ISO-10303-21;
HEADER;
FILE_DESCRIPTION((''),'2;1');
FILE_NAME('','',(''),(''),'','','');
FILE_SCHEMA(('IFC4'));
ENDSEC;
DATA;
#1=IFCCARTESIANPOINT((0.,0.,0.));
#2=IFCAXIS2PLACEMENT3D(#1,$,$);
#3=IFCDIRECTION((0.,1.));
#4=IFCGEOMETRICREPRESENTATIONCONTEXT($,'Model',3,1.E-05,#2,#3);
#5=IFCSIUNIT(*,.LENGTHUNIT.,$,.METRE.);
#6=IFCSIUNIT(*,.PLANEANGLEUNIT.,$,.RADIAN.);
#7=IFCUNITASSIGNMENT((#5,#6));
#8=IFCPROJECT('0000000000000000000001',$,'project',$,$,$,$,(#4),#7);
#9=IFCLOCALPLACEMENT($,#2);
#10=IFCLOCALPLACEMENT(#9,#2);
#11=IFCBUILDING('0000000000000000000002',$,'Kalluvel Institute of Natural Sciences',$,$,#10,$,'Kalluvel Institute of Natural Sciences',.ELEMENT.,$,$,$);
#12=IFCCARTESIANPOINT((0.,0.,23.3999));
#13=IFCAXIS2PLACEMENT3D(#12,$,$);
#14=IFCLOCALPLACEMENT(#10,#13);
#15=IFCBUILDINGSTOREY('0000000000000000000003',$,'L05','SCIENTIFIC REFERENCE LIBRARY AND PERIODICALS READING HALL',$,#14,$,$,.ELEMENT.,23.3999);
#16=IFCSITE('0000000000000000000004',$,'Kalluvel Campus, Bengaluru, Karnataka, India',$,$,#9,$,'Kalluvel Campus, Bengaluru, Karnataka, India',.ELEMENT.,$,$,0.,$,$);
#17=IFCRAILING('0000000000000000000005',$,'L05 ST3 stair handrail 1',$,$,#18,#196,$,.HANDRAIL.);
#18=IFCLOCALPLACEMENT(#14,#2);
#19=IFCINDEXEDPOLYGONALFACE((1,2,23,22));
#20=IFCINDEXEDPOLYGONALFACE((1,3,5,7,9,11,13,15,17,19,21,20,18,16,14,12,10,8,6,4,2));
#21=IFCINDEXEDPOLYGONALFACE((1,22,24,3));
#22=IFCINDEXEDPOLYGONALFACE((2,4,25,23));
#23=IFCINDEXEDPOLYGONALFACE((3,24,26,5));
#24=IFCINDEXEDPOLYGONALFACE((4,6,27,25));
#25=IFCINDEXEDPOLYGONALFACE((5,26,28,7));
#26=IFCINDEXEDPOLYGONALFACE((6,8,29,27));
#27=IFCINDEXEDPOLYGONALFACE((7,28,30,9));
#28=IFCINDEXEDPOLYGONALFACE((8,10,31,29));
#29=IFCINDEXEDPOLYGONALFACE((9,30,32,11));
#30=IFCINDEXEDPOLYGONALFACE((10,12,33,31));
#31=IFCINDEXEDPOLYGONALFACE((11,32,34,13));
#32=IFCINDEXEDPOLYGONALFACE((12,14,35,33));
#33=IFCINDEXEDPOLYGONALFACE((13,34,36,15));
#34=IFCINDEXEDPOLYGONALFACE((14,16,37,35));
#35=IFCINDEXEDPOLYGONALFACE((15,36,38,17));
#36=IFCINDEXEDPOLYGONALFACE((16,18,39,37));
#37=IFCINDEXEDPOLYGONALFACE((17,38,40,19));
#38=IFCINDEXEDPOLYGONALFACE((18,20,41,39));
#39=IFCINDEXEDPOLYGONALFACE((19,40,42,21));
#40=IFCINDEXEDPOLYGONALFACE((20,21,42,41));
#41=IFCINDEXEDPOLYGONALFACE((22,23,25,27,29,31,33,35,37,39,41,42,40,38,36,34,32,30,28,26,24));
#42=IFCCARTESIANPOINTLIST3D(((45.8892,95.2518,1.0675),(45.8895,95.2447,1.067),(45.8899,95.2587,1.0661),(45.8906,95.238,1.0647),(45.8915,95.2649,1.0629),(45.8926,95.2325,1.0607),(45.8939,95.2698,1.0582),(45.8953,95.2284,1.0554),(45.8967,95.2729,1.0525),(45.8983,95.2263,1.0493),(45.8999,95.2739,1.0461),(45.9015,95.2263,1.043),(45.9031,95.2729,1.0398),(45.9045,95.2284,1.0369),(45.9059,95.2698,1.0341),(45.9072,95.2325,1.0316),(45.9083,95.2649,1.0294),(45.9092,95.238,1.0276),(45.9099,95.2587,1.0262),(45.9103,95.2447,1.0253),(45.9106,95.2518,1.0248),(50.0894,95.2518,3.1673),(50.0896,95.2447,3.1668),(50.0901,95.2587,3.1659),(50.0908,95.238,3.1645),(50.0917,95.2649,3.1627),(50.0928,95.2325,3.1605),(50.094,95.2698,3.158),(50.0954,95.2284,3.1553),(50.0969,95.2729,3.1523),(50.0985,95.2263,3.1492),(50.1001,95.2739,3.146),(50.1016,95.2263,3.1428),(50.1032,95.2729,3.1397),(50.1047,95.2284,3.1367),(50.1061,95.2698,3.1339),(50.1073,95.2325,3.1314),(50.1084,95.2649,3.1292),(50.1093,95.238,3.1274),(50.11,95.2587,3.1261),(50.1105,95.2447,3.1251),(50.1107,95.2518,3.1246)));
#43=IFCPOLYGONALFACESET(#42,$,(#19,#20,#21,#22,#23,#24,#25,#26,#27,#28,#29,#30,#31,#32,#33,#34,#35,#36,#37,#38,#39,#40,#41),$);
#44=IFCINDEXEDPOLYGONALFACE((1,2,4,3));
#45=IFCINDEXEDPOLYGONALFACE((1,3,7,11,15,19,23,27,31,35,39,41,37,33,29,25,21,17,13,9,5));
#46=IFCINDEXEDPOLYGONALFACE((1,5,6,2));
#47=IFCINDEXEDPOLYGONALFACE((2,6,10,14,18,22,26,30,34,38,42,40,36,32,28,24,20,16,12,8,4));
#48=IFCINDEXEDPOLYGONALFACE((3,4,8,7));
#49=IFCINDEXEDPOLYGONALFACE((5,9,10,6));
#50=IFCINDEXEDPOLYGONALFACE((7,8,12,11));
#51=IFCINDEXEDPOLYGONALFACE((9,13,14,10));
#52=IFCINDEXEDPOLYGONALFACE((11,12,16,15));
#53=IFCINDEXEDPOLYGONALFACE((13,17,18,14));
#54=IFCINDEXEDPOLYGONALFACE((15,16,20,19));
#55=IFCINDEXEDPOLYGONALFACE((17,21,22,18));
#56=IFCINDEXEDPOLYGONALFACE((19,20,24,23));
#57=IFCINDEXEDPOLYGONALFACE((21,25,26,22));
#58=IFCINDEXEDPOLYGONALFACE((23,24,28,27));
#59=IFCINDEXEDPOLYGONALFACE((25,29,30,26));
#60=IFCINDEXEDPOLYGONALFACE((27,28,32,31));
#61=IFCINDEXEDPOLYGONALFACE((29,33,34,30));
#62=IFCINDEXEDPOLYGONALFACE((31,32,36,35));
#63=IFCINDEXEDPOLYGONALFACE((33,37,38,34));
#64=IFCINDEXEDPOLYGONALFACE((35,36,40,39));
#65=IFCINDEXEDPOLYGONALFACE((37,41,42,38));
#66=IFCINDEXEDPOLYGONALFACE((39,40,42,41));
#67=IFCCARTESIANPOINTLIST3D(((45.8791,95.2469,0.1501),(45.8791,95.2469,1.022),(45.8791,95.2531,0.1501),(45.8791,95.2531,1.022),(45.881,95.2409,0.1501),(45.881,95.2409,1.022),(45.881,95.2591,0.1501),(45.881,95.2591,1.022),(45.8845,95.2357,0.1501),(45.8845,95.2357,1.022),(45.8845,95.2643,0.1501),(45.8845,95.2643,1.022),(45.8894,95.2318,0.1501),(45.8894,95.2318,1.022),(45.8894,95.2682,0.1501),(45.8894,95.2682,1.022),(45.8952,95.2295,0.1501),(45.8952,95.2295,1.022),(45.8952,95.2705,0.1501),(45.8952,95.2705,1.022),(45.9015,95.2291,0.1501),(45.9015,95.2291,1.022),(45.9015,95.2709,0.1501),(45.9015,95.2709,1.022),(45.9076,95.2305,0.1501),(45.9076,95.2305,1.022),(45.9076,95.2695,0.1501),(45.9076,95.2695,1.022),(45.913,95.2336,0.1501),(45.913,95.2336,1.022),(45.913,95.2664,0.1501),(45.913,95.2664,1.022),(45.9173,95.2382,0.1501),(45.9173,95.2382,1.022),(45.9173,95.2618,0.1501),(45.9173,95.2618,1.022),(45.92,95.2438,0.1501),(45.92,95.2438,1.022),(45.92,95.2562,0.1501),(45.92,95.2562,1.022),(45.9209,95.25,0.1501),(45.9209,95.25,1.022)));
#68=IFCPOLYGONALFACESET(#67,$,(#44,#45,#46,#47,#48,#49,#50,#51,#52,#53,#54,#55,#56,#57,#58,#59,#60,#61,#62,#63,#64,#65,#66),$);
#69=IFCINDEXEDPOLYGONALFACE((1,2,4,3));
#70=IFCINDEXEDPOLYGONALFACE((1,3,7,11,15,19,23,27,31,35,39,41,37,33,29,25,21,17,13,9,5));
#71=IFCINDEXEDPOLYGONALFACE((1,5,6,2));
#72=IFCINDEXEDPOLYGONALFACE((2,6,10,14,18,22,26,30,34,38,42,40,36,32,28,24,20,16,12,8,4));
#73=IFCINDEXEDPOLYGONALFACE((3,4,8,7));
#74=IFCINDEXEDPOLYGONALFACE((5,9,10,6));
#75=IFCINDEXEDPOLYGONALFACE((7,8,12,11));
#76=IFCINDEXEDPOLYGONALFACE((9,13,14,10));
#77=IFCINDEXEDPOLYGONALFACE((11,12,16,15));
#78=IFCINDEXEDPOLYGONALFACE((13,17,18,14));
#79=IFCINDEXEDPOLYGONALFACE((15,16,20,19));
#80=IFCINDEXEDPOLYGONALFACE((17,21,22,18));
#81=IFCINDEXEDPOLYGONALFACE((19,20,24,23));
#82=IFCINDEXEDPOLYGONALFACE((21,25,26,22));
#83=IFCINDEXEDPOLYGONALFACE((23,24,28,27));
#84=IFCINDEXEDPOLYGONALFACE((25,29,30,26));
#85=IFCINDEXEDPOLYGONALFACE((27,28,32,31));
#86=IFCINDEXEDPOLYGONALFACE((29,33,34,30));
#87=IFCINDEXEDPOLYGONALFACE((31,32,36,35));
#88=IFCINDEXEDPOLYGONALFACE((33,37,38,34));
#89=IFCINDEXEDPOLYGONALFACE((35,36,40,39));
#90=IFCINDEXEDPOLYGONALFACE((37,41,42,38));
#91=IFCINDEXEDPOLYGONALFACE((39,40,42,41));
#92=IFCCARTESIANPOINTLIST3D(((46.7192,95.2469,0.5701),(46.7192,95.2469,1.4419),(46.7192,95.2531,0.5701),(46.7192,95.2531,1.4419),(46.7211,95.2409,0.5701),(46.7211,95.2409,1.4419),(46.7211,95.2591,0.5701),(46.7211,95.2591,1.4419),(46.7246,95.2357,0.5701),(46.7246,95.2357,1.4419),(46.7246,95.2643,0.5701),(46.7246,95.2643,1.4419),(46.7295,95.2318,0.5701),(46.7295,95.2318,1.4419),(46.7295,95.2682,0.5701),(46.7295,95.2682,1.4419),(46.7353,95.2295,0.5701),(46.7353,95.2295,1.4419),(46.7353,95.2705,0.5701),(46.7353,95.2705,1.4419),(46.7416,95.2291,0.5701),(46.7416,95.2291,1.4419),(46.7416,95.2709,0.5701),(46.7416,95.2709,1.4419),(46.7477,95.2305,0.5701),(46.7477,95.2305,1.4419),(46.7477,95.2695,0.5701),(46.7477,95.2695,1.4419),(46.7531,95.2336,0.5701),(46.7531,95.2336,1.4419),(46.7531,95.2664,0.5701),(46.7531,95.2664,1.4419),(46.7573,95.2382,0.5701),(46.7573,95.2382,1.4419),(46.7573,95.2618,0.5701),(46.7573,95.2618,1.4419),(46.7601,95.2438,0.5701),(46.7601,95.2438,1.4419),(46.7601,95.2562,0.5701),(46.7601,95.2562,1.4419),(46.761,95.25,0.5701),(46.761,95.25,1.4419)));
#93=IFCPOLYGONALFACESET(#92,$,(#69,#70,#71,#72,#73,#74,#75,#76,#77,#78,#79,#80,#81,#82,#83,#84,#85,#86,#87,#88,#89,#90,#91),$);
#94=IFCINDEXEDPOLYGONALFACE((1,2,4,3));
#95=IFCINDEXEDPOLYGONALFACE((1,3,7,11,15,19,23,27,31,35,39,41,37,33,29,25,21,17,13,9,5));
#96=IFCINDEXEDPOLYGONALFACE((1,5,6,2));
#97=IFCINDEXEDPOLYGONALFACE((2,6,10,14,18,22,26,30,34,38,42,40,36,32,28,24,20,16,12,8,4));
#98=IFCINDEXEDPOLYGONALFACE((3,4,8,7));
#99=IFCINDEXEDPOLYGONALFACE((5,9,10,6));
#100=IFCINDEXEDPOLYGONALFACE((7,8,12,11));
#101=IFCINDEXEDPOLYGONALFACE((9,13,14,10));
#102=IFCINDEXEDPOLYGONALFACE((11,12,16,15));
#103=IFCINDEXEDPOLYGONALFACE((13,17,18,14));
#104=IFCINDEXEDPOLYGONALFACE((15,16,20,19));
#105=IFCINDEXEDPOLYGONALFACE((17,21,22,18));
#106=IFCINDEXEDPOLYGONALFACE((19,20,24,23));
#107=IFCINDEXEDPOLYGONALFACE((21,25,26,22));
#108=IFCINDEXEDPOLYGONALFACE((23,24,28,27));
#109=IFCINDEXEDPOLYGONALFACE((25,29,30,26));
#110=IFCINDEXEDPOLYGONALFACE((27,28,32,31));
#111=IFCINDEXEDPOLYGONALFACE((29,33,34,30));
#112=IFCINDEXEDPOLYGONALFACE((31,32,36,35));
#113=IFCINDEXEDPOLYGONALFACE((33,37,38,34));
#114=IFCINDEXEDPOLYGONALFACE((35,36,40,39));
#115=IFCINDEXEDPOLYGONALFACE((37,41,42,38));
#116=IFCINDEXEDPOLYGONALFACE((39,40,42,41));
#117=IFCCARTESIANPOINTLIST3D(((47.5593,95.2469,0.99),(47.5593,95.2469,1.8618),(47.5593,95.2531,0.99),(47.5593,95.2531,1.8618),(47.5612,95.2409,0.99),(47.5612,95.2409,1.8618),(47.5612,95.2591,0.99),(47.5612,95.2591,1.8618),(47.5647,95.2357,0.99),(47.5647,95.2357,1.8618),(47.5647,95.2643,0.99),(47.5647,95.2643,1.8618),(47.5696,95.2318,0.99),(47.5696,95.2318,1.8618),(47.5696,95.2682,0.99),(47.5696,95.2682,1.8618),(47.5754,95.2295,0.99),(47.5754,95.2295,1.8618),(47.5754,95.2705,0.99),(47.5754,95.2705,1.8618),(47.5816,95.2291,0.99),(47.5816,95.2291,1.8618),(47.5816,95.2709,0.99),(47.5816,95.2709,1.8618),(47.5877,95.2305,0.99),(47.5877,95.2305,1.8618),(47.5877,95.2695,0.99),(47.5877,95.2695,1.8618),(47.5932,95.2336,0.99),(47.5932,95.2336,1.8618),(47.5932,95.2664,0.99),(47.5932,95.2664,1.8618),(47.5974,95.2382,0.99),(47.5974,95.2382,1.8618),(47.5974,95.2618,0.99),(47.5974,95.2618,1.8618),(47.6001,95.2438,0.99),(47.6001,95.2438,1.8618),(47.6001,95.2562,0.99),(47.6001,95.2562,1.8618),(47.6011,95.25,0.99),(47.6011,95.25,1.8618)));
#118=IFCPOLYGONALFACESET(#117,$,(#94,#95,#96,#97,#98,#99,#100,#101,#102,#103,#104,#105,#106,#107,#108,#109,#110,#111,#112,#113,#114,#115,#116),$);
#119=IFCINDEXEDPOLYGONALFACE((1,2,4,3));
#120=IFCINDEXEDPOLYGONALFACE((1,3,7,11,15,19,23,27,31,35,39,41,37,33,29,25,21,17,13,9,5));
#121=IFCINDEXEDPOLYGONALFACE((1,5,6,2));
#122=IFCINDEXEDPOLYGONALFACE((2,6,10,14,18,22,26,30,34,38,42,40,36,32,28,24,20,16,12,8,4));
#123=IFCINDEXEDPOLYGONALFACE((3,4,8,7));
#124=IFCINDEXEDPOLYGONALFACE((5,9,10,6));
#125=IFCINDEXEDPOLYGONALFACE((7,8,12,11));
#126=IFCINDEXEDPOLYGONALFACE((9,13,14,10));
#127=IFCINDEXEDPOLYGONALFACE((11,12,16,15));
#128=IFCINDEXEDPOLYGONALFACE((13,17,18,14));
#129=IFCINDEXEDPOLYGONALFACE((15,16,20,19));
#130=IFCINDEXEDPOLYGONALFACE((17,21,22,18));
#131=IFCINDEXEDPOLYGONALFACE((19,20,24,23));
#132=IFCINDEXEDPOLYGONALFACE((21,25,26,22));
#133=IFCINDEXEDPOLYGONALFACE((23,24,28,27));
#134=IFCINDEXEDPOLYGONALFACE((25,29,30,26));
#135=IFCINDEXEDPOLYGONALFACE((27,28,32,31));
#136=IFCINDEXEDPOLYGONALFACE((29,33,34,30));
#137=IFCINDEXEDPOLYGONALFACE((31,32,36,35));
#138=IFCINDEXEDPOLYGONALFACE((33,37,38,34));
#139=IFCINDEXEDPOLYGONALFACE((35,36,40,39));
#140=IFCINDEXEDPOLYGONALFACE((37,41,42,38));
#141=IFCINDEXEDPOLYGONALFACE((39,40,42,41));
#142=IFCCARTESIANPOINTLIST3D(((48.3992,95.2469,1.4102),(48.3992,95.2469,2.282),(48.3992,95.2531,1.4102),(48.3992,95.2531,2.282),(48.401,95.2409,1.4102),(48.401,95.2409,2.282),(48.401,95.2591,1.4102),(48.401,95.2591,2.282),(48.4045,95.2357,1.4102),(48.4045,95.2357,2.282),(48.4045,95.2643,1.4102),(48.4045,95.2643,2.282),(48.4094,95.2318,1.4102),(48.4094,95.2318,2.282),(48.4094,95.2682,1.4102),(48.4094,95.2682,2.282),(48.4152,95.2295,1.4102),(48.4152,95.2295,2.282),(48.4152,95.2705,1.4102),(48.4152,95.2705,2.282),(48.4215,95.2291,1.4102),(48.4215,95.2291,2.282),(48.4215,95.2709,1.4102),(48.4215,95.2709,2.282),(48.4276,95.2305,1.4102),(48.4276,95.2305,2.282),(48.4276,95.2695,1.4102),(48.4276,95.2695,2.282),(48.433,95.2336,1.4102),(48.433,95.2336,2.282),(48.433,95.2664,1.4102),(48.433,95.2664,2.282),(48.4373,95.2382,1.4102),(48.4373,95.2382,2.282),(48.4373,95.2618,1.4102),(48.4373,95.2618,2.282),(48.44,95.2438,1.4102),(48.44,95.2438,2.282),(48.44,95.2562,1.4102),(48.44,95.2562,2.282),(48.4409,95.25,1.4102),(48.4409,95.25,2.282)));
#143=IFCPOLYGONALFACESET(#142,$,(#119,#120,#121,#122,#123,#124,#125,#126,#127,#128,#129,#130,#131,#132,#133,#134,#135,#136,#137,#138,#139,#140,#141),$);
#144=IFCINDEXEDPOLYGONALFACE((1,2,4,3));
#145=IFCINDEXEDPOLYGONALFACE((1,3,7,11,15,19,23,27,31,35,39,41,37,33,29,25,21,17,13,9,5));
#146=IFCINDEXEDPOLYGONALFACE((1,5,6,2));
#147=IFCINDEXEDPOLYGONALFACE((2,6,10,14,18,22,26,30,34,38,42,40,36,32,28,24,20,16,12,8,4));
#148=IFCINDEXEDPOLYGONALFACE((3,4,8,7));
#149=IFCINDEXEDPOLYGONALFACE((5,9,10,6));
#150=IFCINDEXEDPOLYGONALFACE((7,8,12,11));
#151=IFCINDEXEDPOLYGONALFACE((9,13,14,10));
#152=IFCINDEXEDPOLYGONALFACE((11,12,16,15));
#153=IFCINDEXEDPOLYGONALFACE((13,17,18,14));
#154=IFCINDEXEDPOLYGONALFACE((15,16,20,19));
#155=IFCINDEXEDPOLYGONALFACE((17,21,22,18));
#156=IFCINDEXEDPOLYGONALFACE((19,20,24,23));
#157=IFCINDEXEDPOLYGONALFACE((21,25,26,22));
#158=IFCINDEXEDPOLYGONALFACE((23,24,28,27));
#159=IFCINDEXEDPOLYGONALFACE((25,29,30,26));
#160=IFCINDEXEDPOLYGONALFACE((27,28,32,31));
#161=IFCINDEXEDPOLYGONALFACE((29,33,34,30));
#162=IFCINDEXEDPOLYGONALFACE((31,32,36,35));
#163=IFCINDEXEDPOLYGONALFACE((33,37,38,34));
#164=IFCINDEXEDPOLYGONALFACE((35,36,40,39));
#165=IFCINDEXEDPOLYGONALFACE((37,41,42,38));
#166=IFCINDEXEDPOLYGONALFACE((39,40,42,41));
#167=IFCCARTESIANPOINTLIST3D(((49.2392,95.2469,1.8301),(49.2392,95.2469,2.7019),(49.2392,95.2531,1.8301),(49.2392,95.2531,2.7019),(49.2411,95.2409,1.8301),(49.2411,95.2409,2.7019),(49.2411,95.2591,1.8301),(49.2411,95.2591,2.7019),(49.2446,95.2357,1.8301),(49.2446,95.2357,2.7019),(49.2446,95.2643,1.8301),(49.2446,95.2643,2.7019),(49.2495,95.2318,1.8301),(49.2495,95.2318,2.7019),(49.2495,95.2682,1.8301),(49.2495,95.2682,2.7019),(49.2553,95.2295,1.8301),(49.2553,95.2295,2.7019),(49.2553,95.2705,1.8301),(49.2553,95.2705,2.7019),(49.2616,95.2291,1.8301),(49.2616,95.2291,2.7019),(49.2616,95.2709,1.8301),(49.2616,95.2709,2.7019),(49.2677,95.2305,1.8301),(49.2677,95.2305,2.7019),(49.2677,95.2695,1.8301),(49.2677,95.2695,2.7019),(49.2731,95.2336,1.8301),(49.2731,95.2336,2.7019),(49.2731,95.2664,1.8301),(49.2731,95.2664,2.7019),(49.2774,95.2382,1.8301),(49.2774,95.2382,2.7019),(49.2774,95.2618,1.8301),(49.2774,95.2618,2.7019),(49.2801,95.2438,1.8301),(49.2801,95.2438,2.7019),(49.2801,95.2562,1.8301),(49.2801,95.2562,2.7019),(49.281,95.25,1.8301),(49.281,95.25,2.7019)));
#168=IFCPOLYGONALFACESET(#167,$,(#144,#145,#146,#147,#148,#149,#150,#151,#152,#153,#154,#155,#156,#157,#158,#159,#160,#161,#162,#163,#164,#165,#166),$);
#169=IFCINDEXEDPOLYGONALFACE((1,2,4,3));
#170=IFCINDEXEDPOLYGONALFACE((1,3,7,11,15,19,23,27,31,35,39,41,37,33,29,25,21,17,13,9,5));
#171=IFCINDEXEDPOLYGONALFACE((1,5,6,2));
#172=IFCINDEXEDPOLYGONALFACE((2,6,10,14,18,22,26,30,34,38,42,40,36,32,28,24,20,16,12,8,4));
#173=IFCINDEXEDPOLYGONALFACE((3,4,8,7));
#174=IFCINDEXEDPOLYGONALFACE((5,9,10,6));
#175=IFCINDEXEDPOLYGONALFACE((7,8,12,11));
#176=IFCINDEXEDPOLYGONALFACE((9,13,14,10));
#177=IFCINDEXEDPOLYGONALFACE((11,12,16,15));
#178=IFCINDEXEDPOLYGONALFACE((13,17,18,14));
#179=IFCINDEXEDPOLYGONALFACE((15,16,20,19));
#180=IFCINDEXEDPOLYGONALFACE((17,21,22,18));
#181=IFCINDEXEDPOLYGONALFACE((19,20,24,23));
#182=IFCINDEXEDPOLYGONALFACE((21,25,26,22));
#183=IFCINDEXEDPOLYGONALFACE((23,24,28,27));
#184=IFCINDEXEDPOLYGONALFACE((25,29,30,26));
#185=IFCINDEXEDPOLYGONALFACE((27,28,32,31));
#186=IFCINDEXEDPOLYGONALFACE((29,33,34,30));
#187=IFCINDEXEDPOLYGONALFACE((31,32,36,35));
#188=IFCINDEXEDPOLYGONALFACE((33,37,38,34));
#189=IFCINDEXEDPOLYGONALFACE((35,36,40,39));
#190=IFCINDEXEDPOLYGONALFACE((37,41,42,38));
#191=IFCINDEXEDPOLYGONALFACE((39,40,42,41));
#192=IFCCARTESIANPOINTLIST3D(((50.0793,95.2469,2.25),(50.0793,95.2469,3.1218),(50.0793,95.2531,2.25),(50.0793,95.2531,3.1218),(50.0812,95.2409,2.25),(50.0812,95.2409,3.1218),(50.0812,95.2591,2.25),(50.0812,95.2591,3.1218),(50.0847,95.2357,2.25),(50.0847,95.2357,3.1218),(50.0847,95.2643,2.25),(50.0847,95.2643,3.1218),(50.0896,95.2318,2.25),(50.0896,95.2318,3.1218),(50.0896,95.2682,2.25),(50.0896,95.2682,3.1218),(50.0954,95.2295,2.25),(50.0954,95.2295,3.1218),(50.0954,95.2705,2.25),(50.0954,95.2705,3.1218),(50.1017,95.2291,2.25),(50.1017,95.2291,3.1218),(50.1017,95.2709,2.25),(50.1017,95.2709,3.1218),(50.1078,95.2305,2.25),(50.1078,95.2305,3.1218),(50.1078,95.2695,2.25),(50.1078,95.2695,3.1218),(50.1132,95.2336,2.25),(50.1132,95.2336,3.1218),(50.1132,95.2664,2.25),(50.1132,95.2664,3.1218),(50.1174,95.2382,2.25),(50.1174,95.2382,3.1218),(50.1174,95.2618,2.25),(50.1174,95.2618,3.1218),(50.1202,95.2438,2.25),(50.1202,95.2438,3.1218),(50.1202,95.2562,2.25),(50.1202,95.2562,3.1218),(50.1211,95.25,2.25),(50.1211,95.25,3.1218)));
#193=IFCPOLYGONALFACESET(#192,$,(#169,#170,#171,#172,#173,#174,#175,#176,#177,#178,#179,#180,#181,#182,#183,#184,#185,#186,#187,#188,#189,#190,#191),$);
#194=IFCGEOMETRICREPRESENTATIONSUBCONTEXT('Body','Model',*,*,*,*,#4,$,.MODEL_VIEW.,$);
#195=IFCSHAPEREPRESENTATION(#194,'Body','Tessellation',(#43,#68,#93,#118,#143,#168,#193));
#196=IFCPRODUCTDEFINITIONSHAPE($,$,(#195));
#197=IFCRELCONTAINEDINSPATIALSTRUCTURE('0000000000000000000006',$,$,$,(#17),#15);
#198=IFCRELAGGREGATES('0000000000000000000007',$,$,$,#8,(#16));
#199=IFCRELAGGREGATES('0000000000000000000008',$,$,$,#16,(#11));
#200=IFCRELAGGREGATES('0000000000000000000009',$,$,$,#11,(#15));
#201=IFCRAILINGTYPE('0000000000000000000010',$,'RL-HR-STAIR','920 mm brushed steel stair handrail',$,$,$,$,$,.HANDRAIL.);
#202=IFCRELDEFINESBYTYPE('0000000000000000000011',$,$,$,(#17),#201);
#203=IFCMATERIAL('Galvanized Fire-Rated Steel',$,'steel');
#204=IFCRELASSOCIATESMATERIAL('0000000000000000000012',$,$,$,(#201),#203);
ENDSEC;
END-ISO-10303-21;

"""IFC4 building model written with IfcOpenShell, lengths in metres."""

from ifc_helpers import new_model, si_unit, direction, frame, origin, origin_2d, place, context, subcontext, project, spatial, circle, extrude, material, type_object, element, save


model = new_model("IFC4")

# Units and contexts
model_context = context("Model", 3, precision=1e-05, world=origin(), true_north=direction((0.0, 1.0)))
body_context = subcontext(model_context, "Body", "Model", "MODEL_VIEW")
ifc_project = project(units=[si_unit("LENGTHUNIT", "METRE"), si_unit("PLANEANGLEUNIT", "RADIAN")], contexts=[model_context])

# Site, building, storey
site_placement = place(None, origin())
site = spatial("IfcSite", under=ifc_project, at=site_placement, Name="Kalluvel Campus, Bengaluru, Karnataka, India", LongName="Kalluvel Campus, Bengaluru, Karnataka, India", CompositionType="ELEMENT", RefElevation=0.0)
building_placement = place(site_placement, origin())
building = spatial("IfcBuilding", under=site, at=building_placement, Name="Kalluvel Institute of Natural Sciences", LongName="Kalluvel Institute of Natural Sciences", CompositionType="ELEMENT")
storey_placement = place(building_placement, frame((0.0, 0.0, 23.3999)))
storey = spatial("IfcBuildingStorey", under=building, at=storey_placement, Name="L05", Description="SCIENTIFIC REFERENCE LIBRARY AND PERIODICALS READING HALL", CompositionType="ELEMENT", Elevation=23.3999)

# Railing
ifc_material_1 = material(Name="Galvanized Fire-Rated Steel", Category="steel")
railing_type_1 = type_object("IfcRailingType", Name="RL-HR-STAIR", Description="920 mm brushed steel stair handrail", PredefinedType="HANDRAIL", material=ifc_material_1)
railing_1_placement = place(storey_placement, frame((45.8999, 95.25, 0.1501)))
element("IfcRailing", 1, at=railing_1_placement, inside=storey, type_object=railing_type_1, Name="L05 ST3 stair handrail 1", PredefinedType="HANDRAIL", context=body_context, shape_type="SweptSolid", body=[
    extrude(circle(Radius=0.0239, at=origin_2d()), frame((0.0, 0.0, 0.896), z_axis=(0.894448, 0.0, 0.447172), x_axis=(0.0, 1.0, 0.0)), (0.0, 0.0, 1.0), 4.6958),
    extrude(circle(Radius=0.021, at=origin_2d()), origin(), (0.0, 0.0, 1.0), 0.8718),
    extrude(circle(Radius=0.021, at=origin_2d()), frame((0.8401, 0.0, 0.4199)), (0.0, 0.0, 1.0), 0.8718),
    extrude(circle(Radius=0.021, at=origin_2d()), frame((1.6802, 0.0, 0.8398)), (0.0, 0.0, 1.0), 0.8718),
    extrude(circle(Radius=0.021, at=origin_2d()), frame((2.52, 0.0, 1.26)), (0.0, 0.0, 1.0), 0.8718),
    extrude(circle(Radius=0.021, at=origin_2d()), frame((3.3601, 0.0, 1.6799)), (0.0, 0.0, 1.0), 0.8718),
    extrude(circle(Radius=0.021, at=origin_2d()), frame((4.2002, 0.0, 2.0999)), (0.0, 0.0, 1.0), 0.8718),
])

save(model, "model.ifc")
